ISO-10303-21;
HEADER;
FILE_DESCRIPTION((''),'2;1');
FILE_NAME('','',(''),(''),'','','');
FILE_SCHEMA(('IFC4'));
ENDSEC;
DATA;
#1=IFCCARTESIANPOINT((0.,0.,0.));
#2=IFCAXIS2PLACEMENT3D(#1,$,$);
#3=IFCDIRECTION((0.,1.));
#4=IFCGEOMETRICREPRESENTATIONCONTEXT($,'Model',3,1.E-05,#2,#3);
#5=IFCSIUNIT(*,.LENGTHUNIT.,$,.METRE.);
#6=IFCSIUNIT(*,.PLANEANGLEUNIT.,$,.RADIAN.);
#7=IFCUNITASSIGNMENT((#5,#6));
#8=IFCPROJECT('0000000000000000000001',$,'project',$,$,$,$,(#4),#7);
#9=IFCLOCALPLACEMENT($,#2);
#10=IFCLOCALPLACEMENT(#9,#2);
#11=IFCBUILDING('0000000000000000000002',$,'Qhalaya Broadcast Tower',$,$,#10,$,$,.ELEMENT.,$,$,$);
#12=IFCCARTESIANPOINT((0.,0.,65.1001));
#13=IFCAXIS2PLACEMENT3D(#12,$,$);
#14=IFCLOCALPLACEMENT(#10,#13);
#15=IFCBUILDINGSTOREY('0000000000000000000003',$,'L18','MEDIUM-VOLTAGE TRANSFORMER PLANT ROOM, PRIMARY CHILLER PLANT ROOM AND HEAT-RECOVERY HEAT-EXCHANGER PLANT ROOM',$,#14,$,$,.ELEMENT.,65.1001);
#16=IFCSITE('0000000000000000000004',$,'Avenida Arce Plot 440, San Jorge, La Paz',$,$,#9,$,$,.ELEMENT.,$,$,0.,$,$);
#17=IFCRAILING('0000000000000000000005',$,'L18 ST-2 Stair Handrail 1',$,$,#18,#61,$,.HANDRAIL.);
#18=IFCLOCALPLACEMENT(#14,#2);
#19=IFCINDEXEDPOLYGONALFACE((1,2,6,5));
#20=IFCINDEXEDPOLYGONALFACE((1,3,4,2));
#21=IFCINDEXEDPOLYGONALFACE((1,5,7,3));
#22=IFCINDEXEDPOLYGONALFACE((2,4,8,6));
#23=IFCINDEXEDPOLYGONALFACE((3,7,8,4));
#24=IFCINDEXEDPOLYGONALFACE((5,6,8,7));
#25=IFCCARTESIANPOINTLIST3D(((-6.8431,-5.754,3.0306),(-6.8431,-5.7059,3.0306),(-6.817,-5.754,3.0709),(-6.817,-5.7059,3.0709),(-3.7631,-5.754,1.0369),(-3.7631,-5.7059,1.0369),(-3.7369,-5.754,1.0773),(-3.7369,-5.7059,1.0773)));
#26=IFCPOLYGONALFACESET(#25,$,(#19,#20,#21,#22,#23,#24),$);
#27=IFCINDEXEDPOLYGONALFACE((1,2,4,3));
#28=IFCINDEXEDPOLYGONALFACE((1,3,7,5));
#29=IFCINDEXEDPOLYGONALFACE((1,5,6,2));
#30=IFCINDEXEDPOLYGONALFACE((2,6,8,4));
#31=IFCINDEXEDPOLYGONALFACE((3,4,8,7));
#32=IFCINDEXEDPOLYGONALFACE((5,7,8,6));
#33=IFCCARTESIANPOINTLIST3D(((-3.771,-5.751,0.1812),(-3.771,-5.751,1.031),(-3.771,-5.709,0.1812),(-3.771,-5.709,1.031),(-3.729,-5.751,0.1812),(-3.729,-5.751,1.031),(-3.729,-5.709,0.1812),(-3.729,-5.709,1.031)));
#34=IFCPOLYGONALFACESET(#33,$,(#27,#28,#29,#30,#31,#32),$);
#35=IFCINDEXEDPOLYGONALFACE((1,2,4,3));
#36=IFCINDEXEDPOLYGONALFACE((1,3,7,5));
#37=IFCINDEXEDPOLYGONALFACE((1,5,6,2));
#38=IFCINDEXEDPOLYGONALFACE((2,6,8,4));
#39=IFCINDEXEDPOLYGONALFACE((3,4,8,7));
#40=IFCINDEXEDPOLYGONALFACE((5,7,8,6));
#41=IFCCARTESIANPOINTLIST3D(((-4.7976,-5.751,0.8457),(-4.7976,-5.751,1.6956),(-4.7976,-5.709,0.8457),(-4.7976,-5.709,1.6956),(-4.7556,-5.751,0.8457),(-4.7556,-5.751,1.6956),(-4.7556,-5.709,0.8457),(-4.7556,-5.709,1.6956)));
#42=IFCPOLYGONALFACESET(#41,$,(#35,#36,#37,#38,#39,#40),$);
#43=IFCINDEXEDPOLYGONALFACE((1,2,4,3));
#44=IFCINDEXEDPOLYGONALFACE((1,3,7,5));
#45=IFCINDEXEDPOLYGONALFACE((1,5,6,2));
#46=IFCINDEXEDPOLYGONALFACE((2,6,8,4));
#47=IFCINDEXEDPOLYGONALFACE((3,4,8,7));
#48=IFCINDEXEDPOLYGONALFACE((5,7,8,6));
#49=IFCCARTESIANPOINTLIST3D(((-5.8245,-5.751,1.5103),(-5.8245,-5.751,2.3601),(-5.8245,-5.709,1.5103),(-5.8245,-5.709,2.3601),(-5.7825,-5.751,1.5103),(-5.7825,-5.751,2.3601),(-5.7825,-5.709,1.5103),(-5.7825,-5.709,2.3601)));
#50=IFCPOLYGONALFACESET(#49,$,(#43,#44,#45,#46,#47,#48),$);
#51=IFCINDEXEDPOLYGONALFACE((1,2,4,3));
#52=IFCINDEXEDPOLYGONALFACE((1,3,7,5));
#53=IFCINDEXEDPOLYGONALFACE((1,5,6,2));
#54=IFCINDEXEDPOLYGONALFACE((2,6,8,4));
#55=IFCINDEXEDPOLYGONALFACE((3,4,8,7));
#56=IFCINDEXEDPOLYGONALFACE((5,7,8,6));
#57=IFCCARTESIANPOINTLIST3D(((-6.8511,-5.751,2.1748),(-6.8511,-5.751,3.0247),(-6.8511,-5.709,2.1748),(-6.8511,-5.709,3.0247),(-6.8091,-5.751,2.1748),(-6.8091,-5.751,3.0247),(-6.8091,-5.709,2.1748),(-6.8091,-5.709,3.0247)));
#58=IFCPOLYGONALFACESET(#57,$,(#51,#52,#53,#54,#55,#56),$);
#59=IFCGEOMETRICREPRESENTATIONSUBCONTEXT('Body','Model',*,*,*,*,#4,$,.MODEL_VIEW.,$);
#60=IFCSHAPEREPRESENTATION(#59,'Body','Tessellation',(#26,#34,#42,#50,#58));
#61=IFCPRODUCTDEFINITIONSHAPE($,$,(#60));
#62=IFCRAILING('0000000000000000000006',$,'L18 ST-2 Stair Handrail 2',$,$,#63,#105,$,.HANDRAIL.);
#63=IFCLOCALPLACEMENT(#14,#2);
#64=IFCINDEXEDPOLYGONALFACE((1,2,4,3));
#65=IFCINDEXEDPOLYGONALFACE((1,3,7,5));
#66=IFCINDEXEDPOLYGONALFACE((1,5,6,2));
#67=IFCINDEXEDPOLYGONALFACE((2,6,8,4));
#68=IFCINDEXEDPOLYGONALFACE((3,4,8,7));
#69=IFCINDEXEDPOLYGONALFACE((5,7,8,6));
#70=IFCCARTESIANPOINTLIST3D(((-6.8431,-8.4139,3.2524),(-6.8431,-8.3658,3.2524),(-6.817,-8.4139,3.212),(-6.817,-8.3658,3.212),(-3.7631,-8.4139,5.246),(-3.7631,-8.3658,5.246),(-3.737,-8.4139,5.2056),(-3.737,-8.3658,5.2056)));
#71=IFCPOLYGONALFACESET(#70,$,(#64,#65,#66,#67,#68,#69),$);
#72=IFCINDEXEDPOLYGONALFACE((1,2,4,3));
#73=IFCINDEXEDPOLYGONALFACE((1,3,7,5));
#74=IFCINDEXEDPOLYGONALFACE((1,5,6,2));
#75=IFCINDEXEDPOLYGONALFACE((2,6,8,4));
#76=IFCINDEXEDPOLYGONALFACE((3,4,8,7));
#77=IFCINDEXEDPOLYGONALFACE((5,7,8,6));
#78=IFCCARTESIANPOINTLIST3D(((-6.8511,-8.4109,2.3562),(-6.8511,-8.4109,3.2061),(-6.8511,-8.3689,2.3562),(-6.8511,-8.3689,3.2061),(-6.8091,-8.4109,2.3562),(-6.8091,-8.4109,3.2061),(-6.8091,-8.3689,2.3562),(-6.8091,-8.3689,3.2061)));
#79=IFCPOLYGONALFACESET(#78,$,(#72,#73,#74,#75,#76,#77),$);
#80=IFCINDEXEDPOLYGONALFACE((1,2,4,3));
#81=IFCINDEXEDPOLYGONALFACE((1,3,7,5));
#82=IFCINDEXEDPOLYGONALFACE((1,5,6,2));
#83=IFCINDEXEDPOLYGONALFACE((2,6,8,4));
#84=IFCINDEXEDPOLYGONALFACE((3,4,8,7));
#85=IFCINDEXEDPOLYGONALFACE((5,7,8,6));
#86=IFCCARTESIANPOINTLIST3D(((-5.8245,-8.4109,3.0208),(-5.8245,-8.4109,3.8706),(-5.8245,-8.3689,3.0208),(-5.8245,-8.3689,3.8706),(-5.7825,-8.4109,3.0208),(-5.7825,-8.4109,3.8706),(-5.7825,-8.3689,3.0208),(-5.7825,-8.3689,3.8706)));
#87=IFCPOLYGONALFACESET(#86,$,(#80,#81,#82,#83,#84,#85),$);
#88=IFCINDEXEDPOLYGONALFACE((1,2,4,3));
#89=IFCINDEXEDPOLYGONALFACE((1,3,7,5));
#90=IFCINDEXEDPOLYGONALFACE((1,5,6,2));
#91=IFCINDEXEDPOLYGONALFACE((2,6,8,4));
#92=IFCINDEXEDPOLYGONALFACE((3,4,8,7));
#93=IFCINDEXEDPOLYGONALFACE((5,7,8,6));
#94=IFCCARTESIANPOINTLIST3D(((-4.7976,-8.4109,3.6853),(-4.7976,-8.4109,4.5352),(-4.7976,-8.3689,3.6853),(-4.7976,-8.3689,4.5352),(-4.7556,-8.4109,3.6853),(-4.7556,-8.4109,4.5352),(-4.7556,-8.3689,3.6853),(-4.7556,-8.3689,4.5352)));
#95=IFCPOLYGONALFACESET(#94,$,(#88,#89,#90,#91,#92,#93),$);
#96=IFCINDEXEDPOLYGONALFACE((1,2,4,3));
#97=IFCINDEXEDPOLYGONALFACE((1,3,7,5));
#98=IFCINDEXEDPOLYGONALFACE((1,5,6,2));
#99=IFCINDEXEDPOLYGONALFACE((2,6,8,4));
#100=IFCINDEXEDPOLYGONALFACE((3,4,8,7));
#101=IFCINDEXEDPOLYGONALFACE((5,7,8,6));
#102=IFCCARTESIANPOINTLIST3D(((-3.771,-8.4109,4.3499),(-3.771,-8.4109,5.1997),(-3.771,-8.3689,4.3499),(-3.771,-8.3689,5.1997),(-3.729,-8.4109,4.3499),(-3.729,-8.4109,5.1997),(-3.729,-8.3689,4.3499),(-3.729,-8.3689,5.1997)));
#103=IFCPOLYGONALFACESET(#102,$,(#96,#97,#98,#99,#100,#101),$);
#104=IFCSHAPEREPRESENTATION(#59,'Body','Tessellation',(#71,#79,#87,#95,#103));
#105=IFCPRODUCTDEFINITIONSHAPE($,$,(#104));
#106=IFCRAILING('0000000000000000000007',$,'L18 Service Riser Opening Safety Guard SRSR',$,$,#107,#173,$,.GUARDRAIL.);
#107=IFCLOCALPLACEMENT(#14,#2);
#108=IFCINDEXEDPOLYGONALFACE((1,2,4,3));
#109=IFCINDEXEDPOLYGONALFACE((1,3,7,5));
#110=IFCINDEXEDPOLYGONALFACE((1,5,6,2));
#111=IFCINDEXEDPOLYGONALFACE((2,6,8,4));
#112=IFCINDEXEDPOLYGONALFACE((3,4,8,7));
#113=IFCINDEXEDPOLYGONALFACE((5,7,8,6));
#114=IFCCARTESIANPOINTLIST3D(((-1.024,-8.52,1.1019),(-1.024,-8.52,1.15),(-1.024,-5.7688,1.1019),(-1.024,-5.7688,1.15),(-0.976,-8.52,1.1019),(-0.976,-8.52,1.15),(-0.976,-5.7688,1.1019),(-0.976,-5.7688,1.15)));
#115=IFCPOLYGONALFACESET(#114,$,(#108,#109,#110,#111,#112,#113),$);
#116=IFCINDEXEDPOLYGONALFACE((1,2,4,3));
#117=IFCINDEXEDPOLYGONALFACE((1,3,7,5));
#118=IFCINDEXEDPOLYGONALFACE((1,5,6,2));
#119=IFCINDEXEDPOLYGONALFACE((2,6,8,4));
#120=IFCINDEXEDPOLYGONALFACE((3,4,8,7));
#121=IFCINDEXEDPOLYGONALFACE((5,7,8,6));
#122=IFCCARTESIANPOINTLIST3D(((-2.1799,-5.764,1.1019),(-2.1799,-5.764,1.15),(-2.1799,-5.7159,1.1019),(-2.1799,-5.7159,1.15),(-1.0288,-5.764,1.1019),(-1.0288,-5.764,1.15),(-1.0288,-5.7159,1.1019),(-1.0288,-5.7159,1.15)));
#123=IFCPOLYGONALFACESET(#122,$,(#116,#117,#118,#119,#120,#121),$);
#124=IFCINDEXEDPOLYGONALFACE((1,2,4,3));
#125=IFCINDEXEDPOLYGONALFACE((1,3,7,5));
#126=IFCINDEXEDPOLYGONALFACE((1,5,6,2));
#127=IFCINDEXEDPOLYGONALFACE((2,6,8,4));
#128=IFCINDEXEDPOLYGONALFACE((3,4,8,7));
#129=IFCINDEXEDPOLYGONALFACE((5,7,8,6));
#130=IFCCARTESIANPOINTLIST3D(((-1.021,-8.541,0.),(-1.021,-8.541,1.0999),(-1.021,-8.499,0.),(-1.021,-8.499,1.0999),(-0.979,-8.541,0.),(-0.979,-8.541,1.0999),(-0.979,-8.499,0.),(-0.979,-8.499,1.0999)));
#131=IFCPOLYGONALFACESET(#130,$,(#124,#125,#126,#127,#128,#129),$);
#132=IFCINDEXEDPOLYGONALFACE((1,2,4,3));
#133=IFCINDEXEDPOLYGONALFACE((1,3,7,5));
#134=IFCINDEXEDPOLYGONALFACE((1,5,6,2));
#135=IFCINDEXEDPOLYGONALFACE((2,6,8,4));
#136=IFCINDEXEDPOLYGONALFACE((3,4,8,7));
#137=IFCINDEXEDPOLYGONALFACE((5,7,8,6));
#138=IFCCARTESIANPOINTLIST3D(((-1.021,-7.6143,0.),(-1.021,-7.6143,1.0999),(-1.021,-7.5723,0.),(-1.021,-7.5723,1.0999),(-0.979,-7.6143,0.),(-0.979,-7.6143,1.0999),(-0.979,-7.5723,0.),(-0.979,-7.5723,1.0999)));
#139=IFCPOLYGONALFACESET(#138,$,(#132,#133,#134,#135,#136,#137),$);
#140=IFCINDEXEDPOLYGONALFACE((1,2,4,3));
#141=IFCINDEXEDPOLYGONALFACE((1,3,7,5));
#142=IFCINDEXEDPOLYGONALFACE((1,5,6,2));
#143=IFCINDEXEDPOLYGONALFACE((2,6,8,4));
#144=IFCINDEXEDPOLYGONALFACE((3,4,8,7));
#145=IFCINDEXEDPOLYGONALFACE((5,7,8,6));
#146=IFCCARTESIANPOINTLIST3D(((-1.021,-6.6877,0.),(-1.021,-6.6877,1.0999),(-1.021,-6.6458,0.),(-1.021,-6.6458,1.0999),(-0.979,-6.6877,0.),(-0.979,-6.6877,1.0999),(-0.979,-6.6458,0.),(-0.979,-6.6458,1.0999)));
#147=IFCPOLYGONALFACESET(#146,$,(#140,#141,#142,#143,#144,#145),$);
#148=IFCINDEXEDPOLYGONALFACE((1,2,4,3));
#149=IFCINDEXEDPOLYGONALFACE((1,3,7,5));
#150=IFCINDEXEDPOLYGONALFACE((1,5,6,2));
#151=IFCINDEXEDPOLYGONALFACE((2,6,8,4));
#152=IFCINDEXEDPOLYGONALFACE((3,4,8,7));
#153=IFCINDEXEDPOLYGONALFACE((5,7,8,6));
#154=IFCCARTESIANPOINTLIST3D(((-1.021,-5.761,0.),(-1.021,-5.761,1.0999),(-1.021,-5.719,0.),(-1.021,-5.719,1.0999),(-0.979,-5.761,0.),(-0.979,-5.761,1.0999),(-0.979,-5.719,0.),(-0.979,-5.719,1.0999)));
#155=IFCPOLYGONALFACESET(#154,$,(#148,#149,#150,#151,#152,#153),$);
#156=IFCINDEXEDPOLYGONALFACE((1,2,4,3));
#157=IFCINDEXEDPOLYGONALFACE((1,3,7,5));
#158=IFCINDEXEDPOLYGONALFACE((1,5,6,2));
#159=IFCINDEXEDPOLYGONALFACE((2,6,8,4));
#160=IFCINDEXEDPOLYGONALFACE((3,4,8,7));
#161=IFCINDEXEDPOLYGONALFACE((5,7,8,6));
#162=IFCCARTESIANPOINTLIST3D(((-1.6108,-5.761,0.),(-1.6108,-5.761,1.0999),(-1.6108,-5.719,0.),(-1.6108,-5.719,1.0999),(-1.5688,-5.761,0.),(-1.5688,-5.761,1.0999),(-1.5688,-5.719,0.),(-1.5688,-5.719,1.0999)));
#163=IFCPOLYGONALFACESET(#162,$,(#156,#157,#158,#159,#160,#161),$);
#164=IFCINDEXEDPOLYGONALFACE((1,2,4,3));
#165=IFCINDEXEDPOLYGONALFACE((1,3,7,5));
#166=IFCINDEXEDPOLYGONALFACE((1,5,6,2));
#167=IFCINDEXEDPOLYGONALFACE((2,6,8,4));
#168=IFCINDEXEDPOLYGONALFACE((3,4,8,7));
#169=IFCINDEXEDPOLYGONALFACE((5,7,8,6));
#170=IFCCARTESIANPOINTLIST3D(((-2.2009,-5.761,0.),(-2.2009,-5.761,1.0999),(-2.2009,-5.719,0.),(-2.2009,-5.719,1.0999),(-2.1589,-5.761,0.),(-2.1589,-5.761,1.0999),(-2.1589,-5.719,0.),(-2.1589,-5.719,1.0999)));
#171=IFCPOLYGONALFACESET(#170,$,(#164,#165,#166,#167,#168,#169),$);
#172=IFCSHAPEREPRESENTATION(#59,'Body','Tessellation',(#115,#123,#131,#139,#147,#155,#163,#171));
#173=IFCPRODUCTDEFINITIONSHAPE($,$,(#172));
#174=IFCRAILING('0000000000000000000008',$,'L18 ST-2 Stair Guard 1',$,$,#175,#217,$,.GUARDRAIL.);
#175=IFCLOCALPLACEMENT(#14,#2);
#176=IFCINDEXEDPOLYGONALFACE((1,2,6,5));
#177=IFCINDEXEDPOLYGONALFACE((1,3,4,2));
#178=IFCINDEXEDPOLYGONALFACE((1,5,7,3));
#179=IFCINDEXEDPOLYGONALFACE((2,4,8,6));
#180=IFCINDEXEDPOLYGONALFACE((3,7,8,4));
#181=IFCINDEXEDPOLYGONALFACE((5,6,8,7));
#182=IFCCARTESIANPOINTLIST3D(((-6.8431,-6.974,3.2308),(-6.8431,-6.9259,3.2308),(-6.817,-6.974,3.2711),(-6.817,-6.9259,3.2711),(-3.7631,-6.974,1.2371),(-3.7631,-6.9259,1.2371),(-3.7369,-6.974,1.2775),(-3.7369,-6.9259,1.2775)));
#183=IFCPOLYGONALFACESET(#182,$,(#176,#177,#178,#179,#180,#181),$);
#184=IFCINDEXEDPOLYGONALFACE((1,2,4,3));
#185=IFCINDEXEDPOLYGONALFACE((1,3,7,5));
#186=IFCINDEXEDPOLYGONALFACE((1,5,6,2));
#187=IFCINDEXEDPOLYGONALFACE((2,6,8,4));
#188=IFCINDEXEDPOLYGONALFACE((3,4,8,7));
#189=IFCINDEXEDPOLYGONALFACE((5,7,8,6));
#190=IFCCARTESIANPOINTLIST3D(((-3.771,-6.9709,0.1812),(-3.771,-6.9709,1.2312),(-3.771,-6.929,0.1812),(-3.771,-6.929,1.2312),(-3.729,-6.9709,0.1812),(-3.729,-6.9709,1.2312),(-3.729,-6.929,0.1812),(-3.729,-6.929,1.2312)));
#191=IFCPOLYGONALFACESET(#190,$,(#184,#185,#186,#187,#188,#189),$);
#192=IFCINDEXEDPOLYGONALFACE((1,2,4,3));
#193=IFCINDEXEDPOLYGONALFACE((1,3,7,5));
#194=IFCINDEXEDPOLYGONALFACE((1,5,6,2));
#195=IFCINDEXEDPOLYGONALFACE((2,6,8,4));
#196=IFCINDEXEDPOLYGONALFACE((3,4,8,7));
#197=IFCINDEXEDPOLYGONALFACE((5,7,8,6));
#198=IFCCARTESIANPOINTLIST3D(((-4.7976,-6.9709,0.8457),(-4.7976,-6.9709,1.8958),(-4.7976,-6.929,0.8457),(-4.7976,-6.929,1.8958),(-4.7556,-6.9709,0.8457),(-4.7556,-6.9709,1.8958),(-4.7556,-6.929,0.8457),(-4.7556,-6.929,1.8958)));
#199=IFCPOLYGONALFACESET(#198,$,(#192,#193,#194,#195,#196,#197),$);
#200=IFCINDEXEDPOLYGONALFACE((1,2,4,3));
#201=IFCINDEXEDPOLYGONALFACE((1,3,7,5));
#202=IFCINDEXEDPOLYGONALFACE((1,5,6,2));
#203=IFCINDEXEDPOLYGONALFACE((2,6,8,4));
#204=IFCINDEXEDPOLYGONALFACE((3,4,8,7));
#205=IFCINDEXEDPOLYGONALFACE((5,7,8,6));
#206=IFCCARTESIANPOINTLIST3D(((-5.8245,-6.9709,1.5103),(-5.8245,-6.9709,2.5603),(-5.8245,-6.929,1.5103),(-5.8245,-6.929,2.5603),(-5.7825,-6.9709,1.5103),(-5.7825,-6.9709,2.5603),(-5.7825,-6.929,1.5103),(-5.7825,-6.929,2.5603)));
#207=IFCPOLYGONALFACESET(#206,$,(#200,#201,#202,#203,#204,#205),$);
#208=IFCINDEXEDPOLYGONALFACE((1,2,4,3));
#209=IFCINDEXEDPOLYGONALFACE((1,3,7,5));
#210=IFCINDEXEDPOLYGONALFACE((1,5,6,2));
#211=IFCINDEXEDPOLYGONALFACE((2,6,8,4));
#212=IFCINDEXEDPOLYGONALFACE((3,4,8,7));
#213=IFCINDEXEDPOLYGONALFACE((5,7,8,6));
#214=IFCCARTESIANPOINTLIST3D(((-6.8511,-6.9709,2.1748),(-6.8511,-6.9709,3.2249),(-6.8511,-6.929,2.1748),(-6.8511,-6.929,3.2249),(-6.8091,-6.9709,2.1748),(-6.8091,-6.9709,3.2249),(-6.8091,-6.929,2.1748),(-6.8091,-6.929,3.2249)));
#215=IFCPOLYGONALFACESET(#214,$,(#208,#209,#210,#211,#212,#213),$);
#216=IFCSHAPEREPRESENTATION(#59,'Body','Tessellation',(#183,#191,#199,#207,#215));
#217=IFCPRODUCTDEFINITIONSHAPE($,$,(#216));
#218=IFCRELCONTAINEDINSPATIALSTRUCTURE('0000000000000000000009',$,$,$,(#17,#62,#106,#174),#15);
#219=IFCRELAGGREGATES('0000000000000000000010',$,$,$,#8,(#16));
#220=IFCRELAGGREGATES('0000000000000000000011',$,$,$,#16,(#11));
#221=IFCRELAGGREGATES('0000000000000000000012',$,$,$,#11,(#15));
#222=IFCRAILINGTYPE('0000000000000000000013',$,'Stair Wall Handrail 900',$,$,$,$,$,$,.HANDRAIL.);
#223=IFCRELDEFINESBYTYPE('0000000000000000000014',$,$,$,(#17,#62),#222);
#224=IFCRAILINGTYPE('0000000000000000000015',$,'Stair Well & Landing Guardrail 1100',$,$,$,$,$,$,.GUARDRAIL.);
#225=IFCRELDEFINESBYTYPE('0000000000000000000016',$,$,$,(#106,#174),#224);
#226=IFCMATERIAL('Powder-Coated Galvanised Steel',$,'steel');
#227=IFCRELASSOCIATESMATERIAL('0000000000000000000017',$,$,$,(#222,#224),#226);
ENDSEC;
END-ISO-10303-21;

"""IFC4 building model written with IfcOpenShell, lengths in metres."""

from ifc_helpers import new_model, si_unit, direction, frame, origin, origin_2d, place, context, subcontext, project, spatial, rectangle, extrude, material, type_object, element, save


model = new_model("IFC4")

# Units and contexts
model_context = context("Model", 3, precision=1e-05, world=origin(), true_north=direction((0.0, 1.0)))
body_context = subcontext(model_context, "Body", "Model", "MODEL_VIEW")
ifc_project = project(units=[si_unit("LENGTHUNIT", "METRE"), si_unit("PLANEANGLEUNIT", "RADIAN")], contexts=[model_context])

# Site, building, storey
site_placement = place(None, origin())
site = spatial("IfcSite", under=ifc_project, at=site_placement, Name="Avenida Arce Plot 440, San Jorge, La Paz", CompositionType="ELEMENT", RefElevation=0.0)
building_placement = place(site_placement, origin())
building = spatial("IfcBuilding", under=site, at=building_placement, Name="Qhalaya Broadcast Tower", CompositionType="ELEMENT")
storey_placement = place(building_placement, frame((0.0, 0.0, 65.1001)))
storey = spatial("IfcBuildingStorey", under=building, at=storey_placement, Name="L18", Description="MEDIUM-VOLTAGE TRANSFORMER PLANT ROOM, PRIMARY CHILLER PLANT ROOM AND HEAT-RECOVERY HEAT-EXCHANGER PLANT ROOM", CompositionType="ELEMENT", Elevation=65.1001)

# Railings
ifc_material_1 = material(Name="Powder-Coated Galvanised Steel", Category="steel")
railing_type_1 = type_object("IfcRailingType", Name="Stair Wall Handrail 900", PredefinedType="HANDRAIL", material=ifc_material_1)
railing_1_placement = place(storey_placement, frame((-3.75, -5.73, 0.1812)))
element("IfcRailing", 1, at=railing_1_placement, inside=storey, type_object=railing_type_1, Name="L18 ST-2 Stair Handrail 1", PredefinedType="HANDRAIL", context=body_context, shape_type="SweptSolid", body=[
    extrude(rectangle(XDim=0.0481, YDim=0.0481, at=origin_2d()), frame((0.0, 0.0, 0.876), z_axis=(-0.839488, 0.0, 0.543378), x_axis=(0.0, -1.0, 0.0)), (0.0, 0.0, 1.0), 3.6689),
    extrude(rectangle(XDim=0.042, YDim=0.042, at=origin_2d()), origin(), (0.0, 0.0, 1.0), 0.8499),
    extrude(rectangle(XDim=0.042, YDim=0.042, at=origin_2d()), frame((-1.0266, 0.0, 0.6646)), (0.0, 0.0, 1.0), 0.8499),
    extrude(rectangle(XDim=0.042, YDim=0.042, at=origin_2d()), frame((-2.0535, 0.0, 1.3291)), (0.0, 0.0, 1.0), 0.8499),
    extrude(rectangle(XDim=0.042, YDim=0.042, at=origin_2d()), frame((-3.0801, 0.0, 1.9937)), (0.0, 0.0, 1.0), 0.8499),
])
railing_2_placement = place(storey_placement, frame((-6.8301, -8.3899, 2.3562)))
element("IfcRailing", 2, at=railing_2_placement, inside=storey, type_object=railing_type_1, Name="L18 ST-2 Stair Handrail 2", PredefinedType="HANDRAIL", context=body_context, shape_type="SweptSolid", body=[
    extrude(rectangle(XDim=0.0481, YDim=0.0481, at=origin_2d()), frame((0.0, 0.0, 0.876), z_axis=(0.839488, 0.0, 0.543378), x_axis=(0.0, 1.0, 0.0)), (0.0, 0.0, 1.0), 3.6689),
    extrude(rectangle(XDim=0.042, YDim=0.042, at=origin_2d()), origin(), (0.0, 0.0, 1.0), 0.8499),
    extrude(rectangle(XDim=0.042, YDim=0.042, at=origin_2d()), frame((1.0266, 0.0, 0.6646)), (0.0, 0.0, 1.0), 0.8499),
    extrude(rectangle(XDim=0.042, YDim=0.042, at=origin_2d()), frame((2.0535, 0.0, 1.3291)), (0.0, 0.0, 1.0), 0.8499),
    extrude(rectangle(XDim=0.042, YDim=0.042, at=origin_2d()), frame((3.0801, 0.0, 1.9937)), (0.0, 0.0, 1.0), 0.8499),
])
railing_type_2 = type_object("IfcRailingType", Name="Stair Well & Landing Guardrail 1100", PredefinedType="GUARDRAIL", material=ifc_material_1)
railing_3_placement = place(storey_placement, frame((-1.0, -8.52, 0.0)))
element("IfcRailing", 3, at=railing_3_placement, inside=storey, type_object=railing_type_2, Name="L18 Service Riser Opening Safety Guard SRSR", PredefinedType="GUARDRAIL", context=body_context, shape_type="SweptSolid", body=[
    extrude(rectangle(XDim=0.0481, YDim=0.0481, at=origin_2d()), frame((0.0, 0.0, 1.126), z_axis=(0.0, 1.0, 0.0), x_axis=(-1.0, 0.0, 0.0)), (0.0, 0.0, 1.0), 2.7512),
    extrude(rectangle(XDim=0.0481, YDim=0.0481, at=origin_2d()), frame((-0.0288, 2.78, 1.126), z_axis=(-1.0, 0.0, 0.0), x_axis=(0.0, -1.0, 0.0)), (0.0, 0.0, 1.0), 1.1511),
    extrude(rectangle(XDim=0.042, YDim=0.042, at=origin_2d()), origin(), (0.0, 0.0, 1.0), 1.0999),
    extrude(rectangle(XDim=0.042, YDim=0.042, at=origin_2d()), frame((0.0, 0.9268, 0.0)), (0.0, 0.0, 1.0), 1.0999),
    extrude(rectangle(XDim=0.042, YDim=0.042, at=origin_2d()), frame((0.0, 1.8533, 0.0)), (0.0, 0.0, 1.0), 1.0999),
    extrude(rectangle(XDim=0.042, YDim=0.042, at=origin_2d()), frame((0.0, 2.78, 0.0)), (0.0, 0.0, 1.0), 1.0999),
    extrude(rectangle(XDim=0.042, YDim=0.042, at=origin_2d()), frame((-0.5898, 2.78, 0.0)), (0.0, 0.0, 1.0), 1.0999),
    extrude(rectangle(XDim=0.042, YDim=0.042, at=origin_2d()), frame((-1.1799, 2.78, 0.0)), (0.0, 0.0, 1.0), 1.0999),
])
railing_4_placement = place(storey_placement, frame((-3.75, -6.95, 0.1812)))
element("IfcRailing", 4, at=railing_4_placement, inside=storey, type_object=railing_type_2, Name="L18 ST-2 Stair Guard 1", PredefinedType="GUARDRAIL", context=body_context, shape_type="SweptSolid", body=[
    extrude(rectangle(XDim=0.0481, YDim=0.0481, at=origin_2d()), frame((0.0, 0.0, 1.0762), z_axis=(-0.839488, 0.0, 0.543378), x_axis=(0.0, -1.0, 0.0)), (0.0, 0.0, 1.0), 3.6689),
    extrude(rectangle(XDim=0.042, YDim=0.042, at=origin_2d()), origin(), (0.0, 0.0, 1.0), 1.05),
    extrude(rectangle(XDim=0.042, YDim=0.042, at=origin_2d()), frame((-1.0266, 0.0, 0.6646)), (0.0, 0.0, 1.0), 1.05),
    extrude(rectangle(XDim=0.042, YDim=0.042, at=origin_2d()), frame((-2.0535, 0.0, 1.3291)), (0.0, 0.0, 1.0), 1.05),
    extrude(rectangle(XDim=0.042, YDim=0.042, at=origin_2d()), frame((-3.0801, 0.0, 1.9937)), (0.0, 0.0, 1.0), 1.05),
])

save(model, "model.ifc")
